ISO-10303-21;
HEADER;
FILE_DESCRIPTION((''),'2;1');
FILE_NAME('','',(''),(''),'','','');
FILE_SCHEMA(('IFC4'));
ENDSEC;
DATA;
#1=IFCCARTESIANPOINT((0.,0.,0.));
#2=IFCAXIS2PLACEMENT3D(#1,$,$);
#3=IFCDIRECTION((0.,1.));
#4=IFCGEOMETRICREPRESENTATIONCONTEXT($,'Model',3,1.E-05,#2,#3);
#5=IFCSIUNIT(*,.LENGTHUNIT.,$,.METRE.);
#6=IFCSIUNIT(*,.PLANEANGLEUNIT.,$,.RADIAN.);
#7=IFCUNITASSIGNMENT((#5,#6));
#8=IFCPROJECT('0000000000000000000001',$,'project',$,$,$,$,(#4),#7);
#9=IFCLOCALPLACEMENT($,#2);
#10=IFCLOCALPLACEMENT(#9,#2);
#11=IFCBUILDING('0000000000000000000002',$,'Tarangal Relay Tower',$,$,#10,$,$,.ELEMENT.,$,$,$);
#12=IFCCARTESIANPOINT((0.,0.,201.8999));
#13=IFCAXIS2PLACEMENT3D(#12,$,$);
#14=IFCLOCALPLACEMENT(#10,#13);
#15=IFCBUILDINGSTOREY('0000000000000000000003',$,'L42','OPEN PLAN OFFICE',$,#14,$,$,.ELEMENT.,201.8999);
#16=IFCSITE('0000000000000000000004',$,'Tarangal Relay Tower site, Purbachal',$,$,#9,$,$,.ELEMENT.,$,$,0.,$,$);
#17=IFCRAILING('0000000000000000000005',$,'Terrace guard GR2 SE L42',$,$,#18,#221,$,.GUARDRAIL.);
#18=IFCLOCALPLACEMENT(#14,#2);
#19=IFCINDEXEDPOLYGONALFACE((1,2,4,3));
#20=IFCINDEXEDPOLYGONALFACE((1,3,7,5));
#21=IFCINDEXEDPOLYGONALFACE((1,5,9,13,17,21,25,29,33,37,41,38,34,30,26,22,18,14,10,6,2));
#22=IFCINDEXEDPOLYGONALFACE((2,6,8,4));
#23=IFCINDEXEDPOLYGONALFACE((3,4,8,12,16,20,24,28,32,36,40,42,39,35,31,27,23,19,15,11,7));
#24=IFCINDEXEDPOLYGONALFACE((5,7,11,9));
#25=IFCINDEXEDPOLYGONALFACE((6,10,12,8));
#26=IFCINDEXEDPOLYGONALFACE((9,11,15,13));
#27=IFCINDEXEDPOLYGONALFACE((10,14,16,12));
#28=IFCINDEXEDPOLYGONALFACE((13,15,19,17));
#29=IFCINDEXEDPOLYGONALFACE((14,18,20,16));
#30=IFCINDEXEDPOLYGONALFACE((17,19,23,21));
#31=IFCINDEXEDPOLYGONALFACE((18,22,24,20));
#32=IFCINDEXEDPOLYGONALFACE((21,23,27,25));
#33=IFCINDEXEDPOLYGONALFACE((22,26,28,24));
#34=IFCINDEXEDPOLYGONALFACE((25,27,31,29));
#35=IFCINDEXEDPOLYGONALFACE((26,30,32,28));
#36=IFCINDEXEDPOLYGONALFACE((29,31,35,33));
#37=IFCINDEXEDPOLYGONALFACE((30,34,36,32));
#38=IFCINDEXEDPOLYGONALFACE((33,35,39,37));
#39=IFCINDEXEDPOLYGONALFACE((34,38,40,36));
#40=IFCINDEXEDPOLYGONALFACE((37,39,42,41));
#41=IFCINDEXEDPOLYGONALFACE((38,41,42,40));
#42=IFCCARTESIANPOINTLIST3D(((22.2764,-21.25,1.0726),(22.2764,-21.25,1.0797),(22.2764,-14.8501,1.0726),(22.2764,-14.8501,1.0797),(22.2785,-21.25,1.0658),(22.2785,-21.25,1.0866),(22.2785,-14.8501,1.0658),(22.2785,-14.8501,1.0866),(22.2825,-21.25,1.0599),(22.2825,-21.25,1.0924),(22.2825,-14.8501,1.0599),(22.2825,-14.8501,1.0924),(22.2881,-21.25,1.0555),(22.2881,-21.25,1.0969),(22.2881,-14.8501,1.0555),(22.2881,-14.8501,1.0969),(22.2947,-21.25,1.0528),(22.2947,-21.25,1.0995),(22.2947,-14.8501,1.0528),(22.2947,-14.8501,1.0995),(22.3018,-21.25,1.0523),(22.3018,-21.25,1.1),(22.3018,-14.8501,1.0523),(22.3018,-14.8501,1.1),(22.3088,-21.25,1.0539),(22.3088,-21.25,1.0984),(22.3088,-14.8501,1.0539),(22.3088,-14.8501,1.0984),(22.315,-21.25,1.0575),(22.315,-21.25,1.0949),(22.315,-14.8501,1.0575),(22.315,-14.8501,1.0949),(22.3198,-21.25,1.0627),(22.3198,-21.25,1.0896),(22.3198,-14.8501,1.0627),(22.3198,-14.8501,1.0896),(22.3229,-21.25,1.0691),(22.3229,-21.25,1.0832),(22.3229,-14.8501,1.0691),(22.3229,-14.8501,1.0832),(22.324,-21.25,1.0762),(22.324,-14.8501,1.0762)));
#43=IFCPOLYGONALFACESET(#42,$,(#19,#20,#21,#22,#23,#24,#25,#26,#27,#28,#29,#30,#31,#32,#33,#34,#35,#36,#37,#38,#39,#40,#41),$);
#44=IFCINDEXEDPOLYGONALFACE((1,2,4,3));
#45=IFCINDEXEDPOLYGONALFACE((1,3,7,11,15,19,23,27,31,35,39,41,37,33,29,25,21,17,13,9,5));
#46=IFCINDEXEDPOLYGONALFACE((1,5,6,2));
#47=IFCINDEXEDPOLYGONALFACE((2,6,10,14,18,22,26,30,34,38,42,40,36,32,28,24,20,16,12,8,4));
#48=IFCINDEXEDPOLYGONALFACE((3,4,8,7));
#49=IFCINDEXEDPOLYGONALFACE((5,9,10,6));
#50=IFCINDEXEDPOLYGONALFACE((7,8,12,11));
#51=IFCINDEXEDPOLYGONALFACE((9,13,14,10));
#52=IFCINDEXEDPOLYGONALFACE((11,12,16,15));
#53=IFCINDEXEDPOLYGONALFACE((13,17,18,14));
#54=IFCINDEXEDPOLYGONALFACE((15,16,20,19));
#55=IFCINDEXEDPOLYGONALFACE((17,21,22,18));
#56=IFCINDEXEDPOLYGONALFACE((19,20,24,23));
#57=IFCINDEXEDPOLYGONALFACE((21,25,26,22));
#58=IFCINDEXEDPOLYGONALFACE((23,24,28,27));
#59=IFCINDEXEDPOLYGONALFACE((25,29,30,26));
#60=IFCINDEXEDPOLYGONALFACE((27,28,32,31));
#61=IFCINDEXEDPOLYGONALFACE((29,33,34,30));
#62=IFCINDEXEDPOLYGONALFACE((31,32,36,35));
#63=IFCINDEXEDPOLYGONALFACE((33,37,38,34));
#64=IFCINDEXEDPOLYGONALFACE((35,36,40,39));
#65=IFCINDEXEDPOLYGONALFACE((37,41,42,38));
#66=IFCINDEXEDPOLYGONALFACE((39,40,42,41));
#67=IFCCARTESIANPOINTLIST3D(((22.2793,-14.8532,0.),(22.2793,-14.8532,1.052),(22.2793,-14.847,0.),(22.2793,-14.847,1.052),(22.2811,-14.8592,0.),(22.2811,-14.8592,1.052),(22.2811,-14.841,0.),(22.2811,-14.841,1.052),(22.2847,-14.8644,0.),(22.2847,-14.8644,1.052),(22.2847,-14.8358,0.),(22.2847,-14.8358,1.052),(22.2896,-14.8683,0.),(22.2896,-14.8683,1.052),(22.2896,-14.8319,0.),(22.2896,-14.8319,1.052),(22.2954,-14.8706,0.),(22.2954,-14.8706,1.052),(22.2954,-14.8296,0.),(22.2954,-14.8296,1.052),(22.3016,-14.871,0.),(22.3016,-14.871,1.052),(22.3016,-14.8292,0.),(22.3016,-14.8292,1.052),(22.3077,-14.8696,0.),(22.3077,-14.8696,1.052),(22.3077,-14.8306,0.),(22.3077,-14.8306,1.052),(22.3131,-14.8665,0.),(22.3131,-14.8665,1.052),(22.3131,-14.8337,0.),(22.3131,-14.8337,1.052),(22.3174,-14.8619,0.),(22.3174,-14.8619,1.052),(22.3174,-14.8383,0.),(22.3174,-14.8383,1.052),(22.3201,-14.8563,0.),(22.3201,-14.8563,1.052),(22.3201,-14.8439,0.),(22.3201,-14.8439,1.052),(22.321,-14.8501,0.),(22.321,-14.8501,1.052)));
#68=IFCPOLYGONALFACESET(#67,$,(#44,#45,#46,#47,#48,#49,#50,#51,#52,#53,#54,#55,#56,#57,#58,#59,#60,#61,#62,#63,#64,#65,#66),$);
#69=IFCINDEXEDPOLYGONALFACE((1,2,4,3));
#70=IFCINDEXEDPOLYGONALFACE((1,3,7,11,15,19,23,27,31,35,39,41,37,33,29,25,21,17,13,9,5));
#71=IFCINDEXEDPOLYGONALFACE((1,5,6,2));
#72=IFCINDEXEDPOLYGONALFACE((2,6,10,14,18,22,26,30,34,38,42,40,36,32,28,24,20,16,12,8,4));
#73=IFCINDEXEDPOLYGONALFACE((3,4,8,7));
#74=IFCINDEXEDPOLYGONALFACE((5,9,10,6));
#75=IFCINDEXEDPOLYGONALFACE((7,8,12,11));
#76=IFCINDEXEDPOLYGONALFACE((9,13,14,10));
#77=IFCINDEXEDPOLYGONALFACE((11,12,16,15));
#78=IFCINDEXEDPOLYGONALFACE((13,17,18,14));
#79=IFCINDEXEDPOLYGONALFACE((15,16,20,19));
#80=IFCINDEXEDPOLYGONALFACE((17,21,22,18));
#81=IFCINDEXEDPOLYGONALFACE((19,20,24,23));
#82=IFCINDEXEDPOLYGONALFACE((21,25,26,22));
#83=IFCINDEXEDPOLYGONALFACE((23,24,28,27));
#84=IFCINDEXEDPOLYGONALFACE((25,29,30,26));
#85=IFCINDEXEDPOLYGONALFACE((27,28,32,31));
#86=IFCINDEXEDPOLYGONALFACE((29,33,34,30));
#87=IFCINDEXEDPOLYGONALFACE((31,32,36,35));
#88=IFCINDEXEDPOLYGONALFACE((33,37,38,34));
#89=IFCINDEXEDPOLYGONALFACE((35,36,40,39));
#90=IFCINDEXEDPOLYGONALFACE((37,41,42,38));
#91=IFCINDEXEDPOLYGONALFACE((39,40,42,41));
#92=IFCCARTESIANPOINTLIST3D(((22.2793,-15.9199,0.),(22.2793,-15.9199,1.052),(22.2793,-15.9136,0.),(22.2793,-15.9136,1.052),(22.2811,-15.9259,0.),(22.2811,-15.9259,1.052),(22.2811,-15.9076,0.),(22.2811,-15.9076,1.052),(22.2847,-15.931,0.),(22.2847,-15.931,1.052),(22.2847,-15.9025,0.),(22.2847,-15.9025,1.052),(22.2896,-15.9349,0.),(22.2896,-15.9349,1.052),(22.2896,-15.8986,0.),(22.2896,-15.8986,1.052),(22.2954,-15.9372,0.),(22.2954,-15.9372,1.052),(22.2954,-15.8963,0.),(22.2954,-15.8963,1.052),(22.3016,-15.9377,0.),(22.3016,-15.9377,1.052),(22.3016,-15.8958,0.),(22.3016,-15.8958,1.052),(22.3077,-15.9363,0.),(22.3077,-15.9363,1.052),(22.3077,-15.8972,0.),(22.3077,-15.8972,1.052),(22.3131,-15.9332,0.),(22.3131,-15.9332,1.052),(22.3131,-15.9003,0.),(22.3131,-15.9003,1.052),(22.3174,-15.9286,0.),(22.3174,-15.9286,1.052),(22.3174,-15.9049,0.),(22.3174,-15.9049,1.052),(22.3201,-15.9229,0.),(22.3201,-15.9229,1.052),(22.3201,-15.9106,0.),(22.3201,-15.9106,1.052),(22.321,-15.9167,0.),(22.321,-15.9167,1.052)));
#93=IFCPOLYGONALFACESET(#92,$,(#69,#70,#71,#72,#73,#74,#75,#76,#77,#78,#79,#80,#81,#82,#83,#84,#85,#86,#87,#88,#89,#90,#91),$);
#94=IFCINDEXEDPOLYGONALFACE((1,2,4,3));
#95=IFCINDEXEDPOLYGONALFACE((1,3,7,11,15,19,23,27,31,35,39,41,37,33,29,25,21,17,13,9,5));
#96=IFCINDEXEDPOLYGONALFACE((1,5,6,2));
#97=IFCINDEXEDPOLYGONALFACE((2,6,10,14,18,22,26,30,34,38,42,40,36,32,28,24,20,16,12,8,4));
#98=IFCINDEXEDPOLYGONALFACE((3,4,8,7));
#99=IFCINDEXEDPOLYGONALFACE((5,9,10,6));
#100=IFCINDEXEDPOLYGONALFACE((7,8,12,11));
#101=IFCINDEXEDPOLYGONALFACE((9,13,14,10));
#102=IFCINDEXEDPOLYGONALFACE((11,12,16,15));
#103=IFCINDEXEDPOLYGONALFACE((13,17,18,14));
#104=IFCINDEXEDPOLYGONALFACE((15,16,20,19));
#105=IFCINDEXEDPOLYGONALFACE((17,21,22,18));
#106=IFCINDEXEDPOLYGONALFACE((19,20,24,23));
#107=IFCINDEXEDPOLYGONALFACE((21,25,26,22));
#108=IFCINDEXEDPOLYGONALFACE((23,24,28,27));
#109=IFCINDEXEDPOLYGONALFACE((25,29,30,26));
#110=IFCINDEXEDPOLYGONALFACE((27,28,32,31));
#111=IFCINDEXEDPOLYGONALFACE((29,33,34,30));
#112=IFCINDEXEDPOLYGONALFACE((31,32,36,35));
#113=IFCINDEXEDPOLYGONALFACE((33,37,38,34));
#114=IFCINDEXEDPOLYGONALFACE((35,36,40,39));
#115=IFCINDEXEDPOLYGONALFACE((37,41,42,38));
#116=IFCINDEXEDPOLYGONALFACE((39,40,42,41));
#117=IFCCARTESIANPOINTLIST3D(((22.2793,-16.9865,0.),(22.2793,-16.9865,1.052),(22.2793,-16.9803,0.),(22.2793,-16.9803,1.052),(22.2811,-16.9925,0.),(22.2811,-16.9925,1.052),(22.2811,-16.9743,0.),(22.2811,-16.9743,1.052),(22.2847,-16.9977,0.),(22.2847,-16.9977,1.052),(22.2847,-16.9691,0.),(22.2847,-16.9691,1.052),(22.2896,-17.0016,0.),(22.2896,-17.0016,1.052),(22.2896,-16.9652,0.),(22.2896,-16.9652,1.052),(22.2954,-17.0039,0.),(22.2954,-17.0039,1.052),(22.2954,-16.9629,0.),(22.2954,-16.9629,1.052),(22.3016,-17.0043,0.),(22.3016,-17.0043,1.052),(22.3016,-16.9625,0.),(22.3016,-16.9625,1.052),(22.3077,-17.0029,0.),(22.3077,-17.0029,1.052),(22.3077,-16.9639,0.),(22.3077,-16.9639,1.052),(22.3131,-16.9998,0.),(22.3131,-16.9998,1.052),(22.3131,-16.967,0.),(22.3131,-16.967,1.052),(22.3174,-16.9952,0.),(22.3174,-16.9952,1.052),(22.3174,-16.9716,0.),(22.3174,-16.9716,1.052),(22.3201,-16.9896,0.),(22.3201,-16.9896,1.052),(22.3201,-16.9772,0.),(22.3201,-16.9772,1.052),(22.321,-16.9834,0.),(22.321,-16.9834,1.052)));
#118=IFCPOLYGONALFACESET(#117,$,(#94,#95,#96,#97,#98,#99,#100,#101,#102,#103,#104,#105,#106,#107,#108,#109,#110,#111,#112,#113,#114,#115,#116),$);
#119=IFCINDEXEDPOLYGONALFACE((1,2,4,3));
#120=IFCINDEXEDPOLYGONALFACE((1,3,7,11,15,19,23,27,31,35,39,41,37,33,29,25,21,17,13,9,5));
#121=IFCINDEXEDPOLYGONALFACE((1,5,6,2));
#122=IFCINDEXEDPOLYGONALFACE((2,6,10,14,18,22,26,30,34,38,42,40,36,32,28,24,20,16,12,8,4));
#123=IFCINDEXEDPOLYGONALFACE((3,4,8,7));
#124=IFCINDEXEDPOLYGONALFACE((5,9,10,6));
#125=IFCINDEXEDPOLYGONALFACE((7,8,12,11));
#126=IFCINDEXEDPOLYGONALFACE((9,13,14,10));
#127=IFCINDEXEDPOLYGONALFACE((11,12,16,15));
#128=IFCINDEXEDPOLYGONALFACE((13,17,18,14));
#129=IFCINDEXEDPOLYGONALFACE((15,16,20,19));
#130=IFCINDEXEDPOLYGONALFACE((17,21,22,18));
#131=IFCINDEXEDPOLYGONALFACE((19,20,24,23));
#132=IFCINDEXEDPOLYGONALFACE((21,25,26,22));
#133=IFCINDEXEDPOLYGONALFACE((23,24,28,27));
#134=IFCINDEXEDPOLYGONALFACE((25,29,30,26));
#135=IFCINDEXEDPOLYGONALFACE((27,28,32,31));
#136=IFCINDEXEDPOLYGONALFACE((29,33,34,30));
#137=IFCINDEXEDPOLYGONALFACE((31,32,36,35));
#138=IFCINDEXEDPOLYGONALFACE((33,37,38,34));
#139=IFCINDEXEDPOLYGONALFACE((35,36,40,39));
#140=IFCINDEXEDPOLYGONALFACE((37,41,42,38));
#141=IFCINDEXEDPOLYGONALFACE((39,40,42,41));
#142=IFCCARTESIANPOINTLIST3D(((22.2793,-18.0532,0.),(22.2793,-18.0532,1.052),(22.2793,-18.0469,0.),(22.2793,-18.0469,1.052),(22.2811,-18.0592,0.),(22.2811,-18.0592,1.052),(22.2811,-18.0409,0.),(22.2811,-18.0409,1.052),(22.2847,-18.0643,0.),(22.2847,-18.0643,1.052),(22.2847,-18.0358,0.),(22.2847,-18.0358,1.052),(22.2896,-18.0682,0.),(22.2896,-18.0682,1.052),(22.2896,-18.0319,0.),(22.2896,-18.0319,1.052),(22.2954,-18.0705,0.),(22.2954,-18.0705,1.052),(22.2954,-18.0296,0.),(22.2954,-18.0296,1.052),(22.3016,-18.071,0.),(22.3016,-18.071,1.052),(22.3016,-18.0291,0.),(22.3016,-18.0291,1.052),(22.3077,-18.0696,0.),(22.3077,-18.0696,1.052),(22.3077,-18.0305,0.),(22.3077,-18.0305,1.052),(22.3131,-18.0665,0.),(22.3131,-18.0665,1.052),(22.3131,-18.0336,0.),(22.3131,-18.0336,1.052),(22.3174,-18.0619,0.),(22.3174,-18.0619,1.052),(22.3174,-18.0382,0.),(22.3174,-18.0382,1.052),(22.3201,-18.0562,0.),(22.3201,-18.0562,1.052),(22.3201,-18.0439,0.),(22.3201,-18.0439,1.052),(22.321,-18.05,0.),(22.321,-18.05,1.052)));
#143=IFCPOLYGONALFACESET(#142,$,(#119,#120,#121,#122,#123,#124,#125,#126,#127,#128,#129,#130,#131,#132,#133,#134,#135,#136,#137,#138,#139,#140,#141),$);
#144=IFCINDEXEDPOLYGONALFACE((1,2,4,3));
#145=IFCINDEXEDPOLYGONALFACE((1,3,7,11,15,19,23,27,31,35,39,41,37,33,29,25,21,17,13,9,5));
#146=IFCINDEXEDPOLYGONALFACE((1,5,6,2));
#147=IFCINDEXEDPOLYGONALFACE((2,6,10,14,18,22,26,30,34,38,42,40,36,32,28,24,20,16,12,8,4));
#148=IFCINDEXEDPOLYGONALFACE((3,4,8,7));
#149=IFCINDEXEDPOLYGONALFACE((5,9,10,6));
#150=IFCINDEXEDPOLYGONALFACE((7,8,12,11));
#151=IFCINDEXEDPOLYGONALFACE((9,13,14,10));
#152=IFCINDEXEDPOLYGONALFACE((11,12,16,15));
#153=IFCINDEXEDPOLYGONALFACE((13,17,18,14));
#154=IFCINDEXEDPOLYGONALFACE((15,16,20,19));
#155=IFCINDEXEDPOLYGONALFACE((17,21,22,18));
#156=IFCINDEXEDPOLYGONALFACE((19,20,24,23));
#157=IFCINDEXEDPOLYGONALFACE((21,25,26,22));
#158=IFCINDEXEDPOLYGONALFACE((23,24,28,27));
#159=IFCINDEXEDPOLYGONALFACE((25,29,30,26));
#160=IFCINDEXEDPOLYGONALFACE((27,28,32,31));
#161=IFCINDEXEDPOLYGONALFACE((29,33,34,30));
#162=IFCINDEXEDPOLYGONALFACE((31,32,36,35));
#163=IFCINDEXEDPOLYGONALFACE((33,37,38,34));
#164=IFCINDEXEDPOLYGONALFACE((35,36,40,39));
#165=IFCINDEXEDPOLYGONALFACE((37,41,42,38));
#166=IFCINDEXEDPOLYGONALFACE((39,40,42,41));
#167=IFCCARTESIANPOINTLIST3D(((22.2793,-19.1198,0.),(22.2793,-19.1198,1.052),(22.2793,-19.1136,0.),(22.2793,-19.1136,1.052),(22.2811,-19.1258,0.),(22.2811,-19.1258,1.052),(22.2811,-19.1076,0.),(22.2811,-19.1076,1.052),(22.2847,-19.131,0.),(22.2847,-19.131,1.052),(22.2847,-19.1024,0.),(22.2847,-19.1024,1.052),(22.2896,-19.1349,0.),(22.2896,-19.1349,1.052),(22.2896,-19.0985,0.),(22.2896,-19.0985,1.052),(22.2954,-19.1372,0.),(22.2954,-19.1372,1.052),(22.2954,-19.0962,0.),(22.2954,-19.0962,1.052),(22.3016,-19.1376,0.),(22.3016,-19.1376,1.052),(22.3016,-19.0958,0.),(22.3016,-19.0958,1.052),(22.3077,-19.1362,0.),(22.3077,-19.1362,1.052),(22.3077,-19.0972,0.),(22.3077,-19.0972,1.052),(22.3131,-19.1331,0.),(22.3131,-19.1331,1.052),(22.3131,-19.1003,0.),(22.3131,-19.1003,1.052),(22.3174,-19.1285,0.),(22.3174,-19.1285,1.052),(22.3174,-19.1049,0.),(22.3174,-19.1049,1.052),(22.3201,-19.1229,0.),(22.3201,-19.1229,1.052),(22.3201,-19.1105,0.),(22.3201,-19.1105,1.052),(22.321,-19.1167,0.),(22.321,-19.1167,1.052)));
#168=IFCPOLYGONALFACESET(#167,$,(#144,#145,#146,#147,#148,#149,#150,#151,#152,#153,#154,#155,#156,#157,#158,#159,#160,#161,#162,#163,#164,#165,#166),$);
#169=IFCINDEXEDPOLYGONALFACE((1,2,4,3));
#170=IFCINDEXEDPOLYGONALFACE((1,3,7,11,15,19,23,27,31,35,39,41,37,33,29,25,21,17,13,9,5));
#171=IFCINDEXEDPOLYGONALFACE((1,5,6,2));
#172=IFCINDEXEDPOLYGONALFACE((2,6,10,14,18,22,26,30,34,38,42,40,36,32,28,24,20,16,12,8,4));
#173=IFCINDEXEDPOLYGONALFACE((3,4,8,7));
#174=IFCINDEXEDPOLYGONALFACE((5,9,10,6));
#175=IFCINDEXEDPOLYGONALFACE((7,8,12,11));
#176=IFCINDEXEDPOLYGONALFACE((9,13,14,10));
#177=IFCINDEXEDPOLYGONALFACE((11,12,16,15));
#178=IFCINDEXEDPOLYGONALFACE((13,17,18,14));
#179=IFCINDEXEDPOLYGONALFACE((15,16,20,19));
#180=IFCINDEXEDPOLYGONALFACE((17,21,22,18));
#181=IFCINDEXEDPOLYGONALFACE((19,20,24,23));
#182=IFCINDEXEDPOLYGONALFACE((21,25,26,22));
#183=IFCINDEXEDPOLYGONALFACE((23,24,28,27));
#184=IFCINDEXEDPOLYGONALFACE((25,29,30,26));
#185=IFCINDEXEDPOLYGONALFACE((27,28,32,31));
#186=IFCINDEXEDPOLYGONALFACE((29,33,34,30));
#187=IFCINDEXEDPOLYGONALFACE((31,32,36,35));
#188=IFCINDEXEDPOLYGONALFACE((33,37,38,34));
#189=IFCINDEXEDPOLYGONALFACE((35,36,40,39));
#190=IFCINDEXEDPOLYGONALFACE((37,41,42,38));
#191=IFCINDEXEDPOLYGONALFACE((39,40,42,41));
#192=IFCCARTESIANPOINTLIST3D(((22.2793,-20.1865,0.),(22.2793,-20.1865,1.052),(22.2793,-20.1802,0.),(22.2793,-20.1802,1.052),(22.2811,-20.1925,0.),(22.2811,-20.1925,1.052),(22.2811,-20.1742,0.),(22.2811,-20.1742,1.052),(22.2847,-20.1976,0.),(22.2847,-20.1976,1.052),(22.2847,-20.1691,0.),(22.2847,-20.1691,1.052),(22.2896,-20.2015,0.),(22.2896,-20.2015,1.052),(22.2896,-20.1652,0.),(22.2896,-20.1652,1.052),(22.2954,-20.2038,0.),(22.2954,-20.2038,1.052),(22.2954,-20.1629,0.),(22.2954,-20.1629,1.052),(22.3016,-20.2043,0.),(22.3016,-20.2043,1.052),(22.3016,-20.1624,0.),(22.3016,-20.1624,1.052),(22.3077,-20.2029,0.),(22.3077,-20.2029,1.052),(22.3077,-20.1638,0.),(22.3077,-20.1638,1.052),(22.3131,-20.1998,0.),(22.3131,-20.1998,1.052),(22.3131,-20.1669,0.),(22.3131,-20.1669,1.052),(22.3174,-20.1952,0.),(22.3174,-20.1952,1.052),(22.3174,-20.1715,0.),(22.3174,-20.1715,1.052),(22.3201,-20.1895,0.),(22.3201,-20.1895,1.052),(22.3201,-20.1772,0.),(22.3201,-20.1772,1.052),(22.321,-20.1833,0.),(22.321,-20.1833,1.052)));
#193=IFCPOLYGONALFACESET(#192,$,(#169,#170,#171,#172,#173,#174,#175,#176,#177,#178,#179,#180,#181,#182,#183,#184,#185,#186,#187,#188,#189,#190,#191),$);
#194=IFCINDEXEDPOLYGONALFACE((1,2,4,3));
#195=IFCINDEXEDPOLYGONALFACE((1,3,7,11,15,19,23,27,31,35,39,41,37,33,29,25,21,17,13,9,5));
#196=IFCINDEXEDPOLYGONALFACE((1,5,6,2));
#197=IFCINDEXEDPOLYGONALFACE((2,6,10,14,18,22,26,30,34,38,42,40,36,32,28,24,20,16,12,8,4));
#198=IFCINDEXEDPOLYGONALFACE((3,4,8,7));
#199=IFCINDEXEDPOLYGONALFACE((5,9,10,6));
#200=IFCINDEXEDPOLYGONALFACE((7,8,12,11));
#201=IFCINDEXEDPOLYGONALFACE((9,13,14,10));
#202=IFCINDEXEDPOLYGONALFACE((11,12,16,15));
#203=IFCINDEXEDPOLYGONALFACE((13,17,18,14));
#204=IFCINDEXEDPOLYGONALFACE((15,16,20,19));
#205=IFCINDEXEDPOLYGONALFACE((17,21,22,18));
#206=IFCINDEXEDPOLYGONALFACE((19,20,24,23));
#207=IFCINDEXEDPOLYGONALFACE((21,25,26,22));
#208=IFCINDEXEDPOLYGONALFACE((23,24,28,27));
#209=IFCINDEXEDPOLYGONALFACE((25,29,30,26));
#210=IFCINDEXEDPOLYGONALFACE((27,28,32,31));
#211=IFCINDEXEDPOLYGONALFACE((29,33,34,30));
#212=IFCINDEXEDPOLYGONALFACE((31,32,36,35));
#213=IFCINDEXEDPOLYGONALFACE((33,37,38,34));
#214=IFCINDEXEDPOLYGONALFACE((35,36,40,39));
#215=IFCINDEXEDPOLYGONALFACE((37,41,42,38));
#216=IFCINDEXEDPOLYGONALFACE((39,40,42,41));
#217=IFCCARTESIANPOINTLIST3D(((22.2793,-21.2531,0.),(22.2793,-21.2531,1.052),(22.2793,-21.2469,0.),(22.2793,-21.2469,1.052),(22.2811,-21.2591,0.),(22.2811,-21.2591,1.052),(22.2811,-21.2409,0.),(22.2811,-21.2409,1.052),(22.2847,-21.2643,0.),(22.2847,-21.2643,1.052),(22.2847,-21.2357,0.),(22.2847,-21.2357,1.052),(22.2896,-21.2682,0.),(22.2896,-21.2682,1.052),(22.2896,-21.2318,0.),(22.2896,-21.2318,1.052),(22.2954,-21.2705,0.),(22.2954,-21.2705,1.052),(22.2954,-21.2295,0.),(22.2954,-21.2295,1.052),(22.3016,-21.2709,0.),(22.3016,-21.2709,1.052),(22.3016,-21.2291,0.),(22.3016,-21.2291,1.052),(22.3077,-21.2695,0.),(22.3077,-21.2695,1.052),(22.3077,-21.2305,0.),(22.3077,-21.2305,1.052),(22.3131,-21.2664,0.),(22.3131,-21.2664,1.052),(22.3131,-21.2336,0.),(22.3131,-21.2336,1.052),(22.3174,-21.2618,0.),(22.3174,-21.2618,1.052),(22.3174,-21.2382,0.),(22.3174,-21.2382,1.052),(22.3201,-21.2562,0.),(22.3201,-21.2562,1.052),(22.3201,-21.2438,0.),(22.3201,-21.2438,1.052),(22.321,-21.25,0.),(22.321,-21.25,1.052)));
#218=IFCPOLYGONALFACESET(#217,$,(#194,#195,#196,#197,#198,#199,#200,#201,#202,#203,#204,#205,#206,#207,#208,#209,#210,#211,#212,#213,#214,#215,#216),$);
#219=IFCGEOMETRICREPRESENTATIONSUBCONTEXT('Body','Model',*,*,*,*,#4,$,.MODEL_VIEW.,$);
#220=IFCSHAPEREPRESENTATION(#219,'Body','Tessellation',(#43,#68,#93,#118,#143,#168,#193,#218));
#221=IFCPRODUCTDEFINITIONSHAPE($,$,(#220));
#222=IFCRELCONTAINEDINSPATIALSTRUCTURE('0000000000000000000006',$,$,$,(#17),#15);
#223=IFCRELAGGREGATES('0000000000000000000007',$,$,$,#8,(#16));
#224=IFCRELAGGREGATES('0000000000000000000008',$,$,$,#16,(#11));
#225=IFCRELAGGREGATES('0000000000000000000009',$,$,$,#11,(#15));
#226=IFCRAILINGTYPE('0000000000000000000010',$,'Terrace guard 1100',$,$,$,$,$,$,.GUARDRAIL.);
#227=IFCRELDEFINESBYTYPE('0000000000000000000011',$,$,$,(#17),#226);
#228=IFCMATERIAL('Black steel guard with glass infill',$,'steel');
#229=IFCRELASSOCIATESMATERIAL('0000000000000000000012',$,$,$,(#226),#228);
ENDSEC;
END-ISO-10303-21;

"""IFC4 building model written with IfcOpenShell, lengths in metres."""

from ifc_helpers import new_model, si_unit, direction, frame, origin, origin_2d, place, context, subcontext, project, spatial, circle, extrude, material, type_object, element, save


model = new_model("IFC4")

# Units and contexts
model_context = context("Model", 3, precision=1e-05, world=origin(), true_north=direction((0.0, 1.0)))
body_context = subcontext(model_context, "Body", "Model", "MODEL_VIEW")
ifc_project = project(units=[si_unit("LENGTHUNIT", "METRE"), si_unit("PLANEANGLEUNIT", "RADIAN")], contexts=[model_context])

# Site, building, storey
site_placement = place(None, origin())
site = spatial("IfcSite", under=ifc_project, at=site_placement, Name="Tarangal Relay Tower site, Purbachal", CompositionType="ELEMENT", RefElevation=0.0)
building_placement = place(site_placement, origin())
building = spatial("IfcBuilding", under=site, at=building_placement, Name="Tarangal Relay Tower", CompositionType="ELEMENT")
storey_placement = place(building_placement, frame((0.0, 0.0, 201.8999)))
storey = spatial("IfcBuildingStorey", under=building, at=storey_placement, Name="L42", Description="OPEN PLAN OFFICE", CompositionType="ELEMENT", Elevation=201.8999)

# Railing
ifc_material_1 = material(Name="Black steel guard with glass infill", Category="steel")
railing_type = type_object("IfcRailingType", Name="Terrace guard 1100", PredefinedType="GUARDRAIL", material=ifc_material_1)
railing_1_placement = place(storey_placement, frame((22.3, -14.8501, 0.0)))
element("IfcRailing", 1, at=railing_1_placement, inside=storey, type_object=railing_type, Name="Terrace guard GR2 SE L42", PredefinedType="GUARDRAIL", context=body_context, shape_type="SweptSolid", body=[
    extrude(circle(Radius=0.0239, at=origin_2d()), frame((0.0, 0.0, 1.0762), z_axis=(0.0, -1.0, 0.0), x_axis=(1.0, 0.0, 0.0)), (0.0, 0.0, 1.0), 6.3999),
    extrude(circle(Radius=0.021, at=origin_2d()), origin(), (0.0, 0.0, 1.0), 1.052),
    extrude(circle(Radius=0.021, at=origin_2d()), frame((0.0, -1.0667, 0.0)), (0.0, 0.0, 1.0), 1.052),
    extrude(circle(Radius=0.021, at=origin_2d()), frame((0.0, -2.1333, 0.0)), (0.0, 0.0, 1.0), 1.052),
    extrude(circle(Radius=0.021, at=origin_2d()), frame((0.0, -3.2, 0.0)), (0.0, 0.0, 1.0), 1.052),
    extrude(circle(Radius=0.021, at=origin_2d()), frame((0.0, -4.2666, 0.0)), (0.0, 0.0, 1.0), 1.052),
    extrude(circle(Radius=0.021, at=origin_2d()), frame((0.0, -5.3333, 0.0)), (0.0, 0.0, 1.0), 1.052),
    extrude(circle(Radius=0.021, at=origin_2d()), frame((0.0, -6.3999, 0.0)), (0.0, 0.0, 1.0), 1.052),
])

save(model, "model.ifc")
